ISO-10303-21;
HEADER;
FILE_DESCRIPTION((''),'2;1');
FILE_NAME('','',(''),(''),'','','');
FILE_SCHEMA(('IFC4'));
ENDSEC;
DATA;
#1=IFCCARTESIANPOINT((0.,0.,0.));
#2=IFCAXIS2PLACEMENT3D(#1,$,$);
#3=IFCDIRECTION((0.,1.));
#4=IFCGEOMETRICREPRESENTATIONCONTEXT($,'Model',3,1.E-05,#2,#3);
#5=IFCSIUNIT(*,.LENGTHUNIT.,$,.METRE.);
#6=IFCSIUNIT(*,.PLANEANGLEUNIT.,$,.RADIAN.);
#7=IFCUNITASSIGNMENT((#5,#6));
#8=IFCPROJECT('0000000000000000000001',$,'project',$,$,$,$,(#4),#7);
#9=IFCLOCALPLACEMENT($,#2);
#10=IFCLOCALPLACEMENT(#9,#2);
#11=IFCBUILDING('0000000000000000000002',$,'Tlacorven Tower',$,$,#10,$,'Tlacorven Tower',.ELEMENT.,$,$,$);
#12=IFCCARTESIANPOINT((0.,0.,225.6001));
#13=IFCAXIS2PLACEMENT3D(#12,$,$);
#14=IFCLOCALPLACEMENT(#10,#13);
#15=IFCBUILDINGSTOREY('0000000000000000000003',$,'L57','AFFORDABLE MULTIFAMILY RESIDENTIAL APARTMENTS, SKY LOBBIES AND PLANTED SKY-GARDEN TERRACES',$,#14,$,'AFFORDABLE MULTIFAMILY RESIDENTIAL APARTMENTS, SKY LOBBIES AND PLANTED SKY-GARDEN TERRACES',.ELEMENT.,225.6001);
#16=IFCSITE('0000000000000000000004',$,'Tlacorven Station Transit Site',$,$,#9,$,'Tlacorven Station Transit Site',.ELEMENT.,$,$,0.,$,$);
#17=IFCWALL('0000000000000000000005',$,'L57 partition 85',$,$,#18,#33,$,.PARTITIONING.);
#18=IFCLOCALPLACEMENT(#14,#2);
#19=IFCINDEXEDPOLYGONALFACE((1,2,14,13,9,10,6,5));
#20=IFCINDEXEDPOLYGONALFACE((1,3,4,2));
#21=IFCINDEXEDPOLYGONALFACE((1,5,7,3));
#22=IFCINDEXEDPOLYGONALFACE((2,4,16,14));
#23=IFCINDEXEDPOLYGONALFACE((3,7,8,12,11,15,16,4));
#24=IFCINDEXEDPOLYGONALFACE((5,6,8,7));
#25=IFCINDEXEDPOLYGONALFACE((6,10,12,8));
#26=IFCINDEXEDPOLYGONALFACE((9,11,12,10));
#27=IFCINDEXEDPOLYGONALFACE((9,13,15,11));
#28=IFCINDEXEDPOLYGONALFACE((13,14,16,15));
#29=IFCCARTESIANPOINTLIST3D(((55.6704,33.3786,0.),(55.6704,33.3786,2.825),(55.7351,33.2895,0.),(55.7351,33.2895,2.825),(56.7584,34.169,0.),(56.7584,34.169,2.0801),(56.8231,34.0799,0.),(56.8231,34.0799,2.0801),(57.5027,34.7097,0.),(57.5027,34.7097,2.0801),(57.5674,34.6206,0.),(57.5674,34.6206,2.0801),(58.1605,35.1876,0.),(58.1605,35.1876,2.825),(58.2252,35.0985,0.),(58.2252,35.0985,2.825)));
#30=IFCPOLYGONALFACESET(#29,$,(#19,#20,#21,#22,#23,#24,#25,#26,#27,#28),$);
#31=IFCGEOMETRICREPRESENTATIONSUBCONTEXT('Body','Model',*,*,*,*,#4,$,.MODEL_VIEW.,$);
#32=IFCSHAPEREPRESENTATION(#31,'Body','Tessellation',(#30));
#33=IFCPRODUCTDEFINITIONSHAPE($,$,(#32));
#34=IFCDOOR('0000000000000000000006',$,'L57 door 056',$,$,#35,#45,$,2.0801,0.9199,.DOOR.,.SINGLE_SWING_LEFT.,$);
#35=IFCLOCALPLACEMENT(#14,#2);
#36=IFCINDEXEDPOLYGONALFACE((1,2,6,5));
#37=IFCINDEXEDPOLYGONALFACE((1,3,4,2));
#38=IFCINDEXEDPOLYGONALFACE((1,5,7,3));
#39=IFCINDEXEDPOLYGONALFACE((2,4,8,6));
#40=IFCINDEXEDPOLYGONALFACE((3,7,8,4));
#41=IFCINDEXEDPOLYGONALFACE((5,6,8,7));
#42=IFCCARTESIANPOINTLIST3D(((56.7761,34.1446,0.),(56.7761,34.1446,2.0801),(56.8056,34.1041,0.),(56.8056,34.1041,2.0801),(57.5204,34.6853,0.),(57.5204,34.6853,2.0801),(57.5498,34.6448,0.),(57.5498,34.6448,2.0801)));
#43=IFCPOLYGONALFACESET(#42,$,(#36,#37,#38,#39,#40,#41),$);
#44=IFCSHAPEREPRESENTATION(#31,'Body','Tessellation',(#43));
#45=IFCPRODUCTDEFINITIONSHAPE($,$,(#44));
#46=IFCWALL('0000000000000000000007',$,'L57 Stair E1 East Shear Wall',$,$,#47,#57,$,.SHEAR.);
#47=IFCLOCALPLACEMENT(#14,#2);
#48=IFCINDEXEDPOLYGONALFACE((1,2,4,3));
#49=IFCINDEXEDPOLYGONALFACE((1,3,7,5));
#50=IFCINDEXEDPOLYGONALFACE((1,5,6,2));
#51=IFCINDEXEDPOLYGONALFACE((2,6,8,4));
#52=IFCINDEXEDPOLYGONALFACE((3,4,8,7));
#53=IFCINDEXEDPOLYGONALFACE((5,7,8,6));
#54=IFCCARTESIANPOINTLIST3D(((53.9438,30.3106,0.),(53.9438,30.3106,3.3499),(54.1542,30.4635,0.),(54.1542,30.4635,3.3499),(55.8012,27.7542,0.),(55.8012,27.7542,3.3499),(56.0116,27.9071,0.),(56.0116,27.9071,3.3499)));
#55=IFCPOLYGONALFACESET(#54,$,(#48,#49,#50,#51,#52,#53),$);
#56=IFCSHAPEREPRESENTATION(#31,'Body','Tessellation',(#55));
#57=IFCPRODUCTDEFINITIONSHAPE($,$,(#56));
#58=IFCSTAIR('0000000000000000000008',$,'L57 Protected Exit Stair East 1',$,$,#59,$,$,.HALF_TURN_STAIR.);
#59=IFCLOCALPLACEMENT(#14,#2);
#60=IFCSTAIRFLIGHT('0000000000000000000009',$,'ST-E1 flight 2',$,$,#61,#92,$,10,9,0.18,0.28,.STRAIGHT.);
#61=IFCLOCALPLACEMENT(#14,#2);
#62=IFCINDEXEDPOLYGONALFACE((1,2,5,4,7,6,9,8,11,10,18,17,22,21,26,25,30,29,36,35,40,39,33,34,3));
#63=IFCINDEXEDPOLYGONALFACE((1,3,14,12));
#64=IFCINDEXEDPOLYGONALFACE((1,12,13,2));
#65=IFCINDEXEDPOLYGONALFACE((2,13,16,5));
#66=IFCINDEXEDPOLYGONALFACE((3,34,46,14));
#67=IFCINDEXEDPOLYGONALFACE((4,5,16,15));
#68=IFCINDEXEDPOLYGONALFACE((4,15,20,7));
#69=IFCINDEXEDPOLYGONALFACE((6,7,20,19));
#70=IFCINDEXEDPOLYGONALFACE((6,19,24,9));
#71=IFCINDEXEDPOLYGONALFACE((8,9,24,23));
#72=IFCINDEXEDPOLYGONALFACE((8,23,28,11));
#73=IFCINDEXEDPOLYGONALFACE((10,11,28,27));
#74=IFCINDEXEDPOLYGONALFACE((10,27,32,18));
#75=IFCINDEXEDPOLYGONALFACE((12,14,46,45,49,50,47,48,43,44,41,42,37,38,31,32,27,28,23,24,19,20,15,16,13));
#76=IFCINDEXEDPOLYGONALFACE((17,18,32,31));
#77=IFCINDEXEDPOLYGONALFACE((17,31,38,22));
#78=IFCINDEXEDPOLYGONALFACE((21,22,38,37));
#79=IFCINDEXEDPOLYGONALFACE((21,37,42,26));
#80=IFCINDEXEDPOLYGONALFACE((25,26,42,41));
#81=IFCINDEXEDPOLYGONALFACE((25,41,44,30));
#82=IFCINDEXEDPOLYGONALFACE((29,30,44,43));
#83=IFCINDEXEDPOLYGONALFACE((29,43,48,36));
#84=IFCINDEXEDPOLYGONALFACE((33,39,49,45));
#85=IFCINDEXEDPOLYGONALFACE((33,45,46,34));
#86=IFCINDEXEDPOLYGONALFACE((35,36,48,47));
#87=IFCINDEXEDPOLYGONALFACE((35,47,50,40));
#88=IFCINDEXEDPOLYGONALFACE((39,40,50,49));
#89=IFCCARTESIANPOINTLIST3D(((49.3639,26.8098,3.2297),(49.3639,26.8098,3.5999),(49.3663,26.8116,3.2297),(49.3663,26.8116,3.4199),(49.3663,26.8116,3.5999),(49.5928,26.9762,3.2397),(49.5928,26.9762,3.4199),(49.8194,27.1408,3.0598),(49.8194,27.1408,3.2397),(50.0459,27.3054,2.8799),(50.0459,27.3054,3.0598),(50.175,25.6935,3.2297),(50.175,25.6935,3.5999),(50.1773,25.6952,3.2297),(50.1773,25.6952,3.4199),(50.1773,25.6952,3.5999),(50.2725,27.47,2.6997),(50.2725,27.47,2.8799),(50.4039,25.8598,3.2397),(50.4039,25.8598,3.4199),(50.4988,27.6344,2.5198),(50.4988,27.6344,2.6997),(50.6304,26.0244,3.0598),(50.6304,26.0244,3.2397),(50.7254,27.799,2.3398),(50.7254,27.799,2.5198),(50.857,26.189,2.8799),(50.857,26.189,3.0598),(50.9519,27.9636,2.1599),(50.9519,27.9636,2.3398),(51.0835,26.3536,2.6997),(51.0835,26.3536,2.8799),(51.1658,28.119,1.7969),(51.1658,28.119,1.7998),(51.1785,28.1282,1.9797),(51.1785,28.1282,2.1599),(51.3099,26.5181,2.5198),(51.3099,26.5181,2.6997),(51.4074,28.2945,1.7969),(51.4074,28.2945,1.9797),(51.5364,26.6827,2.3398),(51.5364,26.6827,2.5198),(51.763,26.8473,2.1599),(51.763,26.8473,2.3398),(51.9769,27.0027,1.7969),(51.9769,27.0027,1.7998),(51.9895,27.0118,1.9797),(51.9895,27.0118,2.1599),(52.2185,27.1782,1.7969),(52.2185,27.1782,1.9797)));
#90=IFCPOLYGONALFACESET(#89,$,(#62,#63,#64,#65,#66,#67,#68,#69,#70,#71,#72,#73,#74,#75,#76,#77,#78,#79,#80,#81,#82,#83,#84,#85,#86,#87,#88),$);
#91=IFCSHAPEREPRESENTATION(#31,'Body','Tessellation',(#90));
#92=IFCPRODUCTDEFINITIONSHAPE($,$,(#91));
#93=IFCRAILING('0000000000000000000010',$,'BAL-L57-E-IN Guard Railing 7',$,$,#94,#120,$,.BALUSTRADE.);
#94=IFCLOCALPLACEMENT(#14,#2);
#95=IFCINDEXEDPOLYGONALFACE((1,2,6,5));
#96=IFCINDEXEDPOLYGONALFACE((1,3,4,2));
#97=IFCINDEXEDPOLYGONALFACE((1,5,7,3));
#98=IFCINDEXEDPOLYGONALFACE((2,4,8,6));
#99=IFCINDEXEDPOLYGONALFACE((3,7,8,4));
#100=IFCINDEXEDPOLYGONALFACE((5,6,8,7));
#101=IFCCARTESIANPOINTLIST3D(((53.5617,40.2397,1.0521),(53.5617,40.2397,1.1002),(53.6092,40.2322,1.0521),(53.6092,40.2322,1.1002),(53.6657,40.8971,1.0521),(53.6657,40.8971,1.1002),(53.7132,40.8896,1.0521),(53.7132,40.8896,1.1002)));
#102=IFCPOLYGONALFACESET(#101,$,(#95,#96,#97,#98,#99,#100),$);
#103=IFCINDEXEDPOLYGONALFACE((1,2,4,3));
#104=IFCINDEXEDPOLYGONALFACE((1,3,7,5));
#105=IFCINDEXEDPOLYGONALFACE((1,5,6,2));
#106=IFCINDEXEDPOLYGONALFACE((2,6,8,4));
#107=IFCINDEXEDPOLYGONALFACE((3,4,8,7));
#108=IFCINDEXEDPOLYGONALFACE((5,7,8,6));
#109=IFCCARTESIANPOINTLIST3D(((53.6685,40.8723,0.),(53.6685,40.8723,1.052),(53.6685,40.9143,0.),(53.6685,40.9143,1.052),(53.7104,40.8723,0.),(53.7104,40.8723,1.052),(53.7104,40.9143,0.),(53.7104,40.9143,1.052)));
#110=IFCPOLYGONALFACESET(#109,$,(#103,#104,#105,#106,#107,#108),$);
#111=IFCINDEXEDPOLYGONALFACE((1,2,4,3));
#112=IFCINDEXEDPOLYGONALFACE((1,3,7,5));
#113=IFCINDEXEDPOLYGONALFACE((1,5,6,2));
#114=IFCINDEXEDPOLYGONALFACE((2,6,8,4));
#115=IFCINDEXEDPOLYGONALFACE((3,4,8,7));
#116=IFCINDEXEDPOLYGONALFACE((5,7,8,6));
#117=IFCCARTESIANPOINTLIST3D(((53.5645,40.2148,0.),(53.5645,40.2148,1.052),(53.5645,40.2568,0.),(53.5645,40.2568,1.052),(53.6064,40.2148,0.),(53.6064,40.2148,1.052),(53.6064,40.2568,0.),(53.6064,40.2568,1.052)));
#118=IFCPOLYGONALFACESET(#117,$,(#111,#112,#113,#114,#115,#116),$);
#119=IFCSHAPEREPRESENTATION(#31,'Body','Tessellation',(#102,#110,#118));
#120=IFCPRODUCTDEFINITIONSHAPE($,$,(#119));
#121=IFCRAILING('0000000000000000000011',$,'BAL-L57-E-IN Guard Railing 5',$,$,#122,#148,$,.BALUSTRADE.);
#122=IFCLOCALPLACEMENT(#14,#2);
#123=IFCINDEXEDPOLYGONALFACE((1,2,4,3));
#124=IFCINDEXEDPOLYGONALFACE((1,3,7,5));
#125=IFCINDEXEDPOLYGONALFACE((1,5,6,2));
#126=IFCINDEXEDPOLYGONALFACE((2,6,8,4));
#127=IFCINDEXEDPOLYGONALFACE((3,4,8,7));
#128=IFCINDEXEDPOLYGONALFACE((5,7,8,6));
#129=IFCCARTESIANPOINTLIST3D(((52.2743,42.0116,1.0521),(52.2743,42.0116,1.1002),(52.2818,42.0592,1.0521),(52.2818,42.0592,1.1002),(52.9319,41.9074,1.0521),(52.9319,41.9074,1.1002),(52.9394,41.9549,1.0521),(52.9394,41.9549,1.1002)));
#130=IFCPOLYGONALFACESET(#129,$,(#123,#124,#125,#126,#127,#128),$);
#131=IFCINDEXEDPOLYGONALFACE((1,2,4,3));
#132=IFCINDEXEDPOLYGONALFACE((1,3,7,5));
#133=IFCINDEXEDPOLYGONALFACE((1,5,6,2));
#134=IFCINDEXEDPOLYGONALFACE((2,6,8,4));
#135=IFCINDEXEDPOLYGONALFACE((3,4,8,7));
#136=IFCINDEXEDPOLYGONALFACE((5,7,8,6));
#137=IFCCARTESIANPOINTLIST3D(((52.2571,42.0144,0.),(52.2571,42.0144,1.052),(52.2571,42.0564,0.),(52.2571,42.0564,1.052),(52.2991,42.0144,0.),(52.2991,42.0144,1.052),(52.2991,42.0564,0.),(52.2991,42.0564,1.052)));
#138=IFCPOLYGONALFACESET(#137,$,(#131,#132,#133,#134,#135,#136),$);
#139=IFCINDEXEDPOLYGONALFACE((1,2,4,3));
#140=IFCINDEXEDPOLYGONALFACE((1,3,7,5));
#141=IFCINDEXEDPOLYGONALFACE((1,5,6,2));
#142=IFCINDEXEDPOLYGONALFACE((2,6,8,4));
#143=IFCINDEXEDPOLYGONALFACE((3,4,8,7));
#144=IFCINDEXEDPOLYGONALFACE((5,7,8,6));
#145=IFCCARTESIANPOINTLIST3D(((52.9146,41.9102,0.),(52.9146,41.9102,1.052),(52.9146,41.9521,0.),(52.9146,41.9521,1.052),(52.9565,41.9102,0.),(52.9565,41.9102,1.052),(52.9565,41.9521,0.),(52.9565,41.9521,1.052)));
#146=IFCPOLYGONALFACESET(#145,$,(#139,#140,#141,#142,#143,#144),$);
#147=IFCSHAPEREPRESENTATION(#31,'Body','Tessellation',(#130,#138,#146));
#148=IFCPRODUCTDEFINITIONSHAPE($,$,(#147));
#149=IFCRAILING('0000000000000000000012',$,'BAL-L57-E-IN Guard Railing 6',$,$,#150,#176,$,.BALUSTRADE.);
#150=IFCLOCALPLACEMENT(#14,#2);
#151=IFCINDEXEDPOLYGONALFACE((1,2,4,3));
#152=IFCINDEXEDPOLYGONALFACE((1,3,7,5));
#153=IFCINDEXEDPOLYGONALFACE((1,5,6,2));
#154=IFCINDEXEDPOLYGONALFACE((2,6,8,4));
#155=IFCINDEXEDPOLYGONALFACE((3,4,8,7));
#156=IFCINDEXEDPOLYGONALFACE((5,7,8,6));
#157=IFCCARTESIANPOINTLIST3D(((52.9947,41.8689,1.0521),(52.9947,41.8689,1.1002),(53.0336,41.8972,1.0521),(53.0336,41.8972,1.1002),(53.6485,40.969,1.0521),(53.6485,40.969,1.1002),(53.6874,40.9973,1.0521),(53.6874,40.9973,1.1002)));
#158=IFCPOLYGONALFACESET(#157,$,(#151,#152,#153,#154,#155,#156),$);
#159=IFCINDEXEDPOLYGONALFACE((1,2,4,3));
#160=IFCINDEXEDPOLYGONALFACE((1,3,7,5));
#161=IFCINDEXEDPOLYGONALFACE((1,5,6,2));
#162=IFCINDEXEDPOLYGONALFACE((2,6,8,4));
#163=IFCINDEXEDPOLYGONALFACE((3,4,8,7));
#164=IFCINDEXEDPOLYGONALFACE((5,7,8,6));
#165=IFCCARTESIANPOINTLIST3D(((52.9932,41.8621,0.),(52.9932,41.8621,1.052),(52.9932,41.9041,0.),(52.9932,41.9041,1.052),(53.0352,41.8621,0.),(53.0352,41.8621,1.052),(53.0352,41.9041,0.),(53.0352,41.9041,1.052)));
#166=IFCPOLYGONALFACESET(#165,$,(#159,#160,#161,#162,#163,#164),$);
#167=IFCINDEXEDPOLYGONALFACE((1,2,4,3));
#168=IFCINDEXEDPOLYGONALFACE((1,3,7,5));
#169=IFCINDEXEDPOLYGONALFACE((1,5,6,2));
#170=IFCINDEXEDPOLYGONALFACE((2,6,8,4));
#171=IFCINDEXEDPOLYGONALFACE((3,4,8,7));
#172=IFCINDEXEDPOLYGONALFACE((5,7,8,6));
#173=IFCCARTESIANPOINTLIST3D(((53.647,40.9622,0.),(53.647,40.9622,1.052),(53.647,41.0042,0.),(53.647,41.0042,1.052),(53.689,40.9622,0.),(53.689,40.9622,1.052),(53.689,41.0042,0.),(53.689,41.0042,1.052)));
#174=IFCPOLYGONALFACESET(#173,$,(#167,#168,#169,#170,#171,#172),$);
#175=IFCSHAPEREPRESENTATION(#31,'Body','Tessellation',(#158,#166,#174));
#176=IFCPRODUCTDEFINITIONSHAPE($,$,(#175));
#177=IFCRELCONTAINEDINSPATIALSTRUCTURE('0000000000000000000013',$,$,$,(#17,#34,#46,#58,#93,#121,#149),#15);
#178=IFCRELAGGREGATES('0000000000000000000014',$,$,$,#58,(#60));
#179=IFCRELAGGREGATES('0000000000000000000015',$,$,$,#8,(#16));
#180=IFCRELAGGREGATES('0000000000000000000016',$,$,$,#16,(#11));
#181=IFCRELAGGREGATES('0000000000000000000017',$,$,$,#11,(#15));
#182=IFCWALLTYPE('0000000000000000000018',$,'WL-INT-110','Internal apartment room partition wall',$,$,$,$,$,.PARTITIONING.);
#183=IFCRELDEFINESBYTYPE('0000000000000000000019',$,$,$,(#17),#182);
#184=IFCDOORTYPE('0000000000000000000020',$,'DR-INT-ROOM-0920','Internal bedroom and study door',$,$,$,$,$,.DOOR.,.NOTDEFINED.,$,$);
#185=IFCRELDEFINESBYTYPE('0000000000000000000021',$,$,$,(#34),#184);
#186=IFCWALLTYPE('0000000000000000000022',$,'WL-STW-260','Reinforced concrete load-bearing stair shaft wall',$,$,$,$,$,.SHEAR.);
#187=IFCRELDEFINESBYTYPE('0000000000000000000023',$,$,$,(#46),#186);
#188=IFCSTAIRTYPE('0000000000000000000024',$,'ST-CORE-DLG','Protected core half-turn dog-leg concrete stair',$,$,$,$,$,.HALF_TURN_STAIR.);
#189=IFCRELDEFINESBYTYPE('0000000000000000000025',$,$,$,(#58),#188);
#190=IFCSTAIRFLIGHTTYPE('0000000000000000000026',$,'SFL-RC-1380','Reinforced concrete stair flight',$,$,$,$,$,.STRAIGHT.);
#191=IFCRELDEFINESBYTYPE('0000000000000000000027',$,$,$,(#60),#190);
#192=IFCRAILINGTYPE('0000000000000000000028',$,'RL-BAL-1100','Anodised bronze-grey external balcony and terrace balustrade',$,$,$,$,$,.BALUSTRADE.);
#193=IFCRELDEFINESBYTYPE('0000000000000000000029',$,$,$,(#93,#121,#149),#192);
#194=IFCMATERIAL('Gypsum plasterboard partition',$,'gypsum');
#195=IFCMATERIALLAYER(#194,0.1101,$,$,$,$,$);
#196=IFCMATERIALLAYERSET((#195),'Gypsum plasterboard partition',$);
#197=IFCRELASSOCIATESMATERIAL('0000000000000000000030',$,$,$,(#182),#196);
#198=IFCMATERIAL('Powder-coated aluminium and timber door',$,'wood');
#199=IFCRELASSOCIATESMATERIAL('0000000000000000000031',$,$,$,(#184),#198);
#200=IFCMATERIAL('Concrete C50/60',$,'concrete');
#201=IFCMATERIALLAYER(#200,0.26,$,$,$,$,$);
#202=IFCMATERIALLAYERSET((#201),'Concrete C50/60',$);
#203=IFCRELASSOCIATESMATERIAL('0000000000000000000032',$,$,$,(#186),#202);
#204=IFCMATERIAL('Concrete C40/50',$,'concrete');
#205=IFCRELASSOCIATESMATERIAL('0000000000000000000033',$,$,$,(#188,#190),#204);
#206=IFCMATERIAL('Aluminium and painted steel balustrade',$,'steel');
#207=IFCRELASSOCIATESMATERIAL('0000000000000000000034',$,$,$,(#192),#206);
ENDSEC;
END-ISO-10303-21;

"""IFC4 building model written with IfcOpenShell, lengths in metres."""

from ifc_helpers import new_model, si_unit, direction, frame, frame_2d, origin, origin_2d, place, context, subcontext, project, spatial, polyline, rectangle, outline, extrude, source, transform, mapped, material, layer, layer_set, type_object, element, fill, aggregate, save


model = new_model("IFC4")

# Units and contexts
model_context = context("Model", 3, precision=1e-05, world=origin(), true_north=direction((0.0, 1.0)))
body_context = subcontext(model_context, "Body", "Model", "MODEL_VIEW")
ifc_project = project(units=[si_unit("LENGTHUNIT", "METRE"), si_unit("PLANEANGLEUNIT", "RADIAN")], contexts=[model_context])

# Site, building, storey
site_placement = place(None, origin())
site = spatial("IfcSite", under=ifc_project, at=site_placement, Name="Tlacorven Station Transit Site", LongName="Tlacorven Station Transit Site", CompositionType="ELEMENT", RefElevation=0.0)
building_placement = place(site_placement, origin())
building = spatial("IfcBuilding", under=site, at=building_placement, Name="Tlacorven Tower", LongName="Tlacorven Tower", CompositionType="ELEMENT")
storey_placement = place(building_placement, frame((0.0, 0.0, 225.6001)))
storey = spatial("IfcBuildingStorey", under=building, at=storey_placement, Name="L57", Description="AFFORDABLE MULTIFAMILY RESIDENTIAL APARTMENTS, SKY LOBBIES AND PLANTED SKY-GARDEN TERRACES", LongName="AFFORDABLE MULTIFAMILY RESIDENTIAL APARTMENTS, SKY LOBBIES AND PLANTED SKY-GARDEN TERRACES", CompositionType="ELEMENT", Elevation=225.6001)

# Wall, opening, door
ifc_material_1 = material(Name="Gypsum plasterboard partition", Category="gypsum")
ifc_layer_1 = layer(ifc_material_1, 0.1101)
ifc_layer_set_1 = layer_set([ifc_layer_1], Name="Gypsum plasterboard partition")
wall_type_1 = type_object("IfcWallType", Name="WL-INT-110", Description="Internal apartment room partition wall", PredefinedType="PARTITIONING", material=ifc_layer_set_1)
wall_1_placement = place(storey_placement, frame((55.7026, 33.334, 0.0), z_axis=(0.0, 0.0, 1.0), x_axis=(0.809045, 0.587747, 0.0)))
wall_1 = element("IfcWall", 1, at=wall_1_placement, inside=storey, type_object=wall_type_1, Name="L57 partition 85", PredefinedType="PARTITIONING", context=body_context, shape_type="SweptSolid", body=[
    extrude(rectangle(XDim=3.0779, YDim=0.1101, at=frame_2d((1.5391, 0.0))), origin(), (0.0, 0.0, 1.0), 2.825),
])
opening_1_placement = place(wall_1_placement, frame((1.345, 0.0, 0.0)))
opening_1 = element("IfcOpeningElement", 2, at=opening_1_placement, cuts=wall_1, PredefinedType="OPENING", context=body_context, shape_type="SweptSolid", body=[
    extrude(rectangle(XDim=0.9199, YDim=2.0801, at=frame_2d((0.46, 1.04))), frame((0.0, 0.0649, 0.0), z_axis=(0.0, -1.0, 0.0), x_axis=(1.0, 0.0, 0.0)), (0.0, 0.0, 1.0), 0.1301),
])
ifc_material_2 = material(Name="Powder-coated aluminium and timber door", Category="wood")
door_type = type_object("IfcDoorType", Name="DR-INT-ROOM-0920", Description="Internal bedroom and study door", OperationType="NOTDEFINED", PredefinedType="DOOR", material=ifc_material_2)
shared_shape_1 = source(origin(), body_context, "Body", "SweptSolid", [
    extrude(rectangle(XDim=0.9199, YDim=2.0801, at=frame_2d((0.46, 1.04))), frame((0.0, 0.0249, 0.0), z_axis=(0.0, -1.0, 0.0), x_axis=(1.0, 0.0, 0.0)), (0.0, 0.0, 1.0), 0.05),
])
door_placement = place(opening_1_placement, origin())
door = element("IfcDoor", 3, at=door_placement, inside=storey, type_object=door_type, Name="L57 door 056", OperationType="SINGLE_SWING_LEFT", OverallHeight=2.0801, OverallWidth=0.9199, PredefinedType="DOOR", context=body_context, shape_type="MappedRepresentation", body=[
    mapped(shared_shape_1, transform((0.0, 0.0, 0.0), scale=1.0)),
])
fill(opening_1, door)

# Wall
ifc_material_3 = material(Name="Concrete C50/60", Category="concrete")
ifc_layer_2 = layer(ifc_material_3, 0.26)
ifc_layer_set_2 = layer_set([ifc_layer_2], Name="Concrete C50/60")
wall_type_2 = type_object("IfcWallType", Name="WL-STW-260", Description="Reinforced concrete load-bearing stair shaft wall", PredefinedType="SHEAR", material=ifc_layer_set_2)
wall_2_placement = place(storey_placement, frame((55.9065, 27.8306, 0.0), z_axis=(0.0, 0.0, 1.0), x_axis=(-0.587804, 0.809003, 0.0)))
element("IfcWall", 4, at=wall_2_placement, inside=storey, type_object=wall_type_2, Name="L57 Stair E1 East Shear Wall", PredefinedType="SHEAR", context=body_context, shape_type="SweptSolid", body=[
    extrude(rectangle(XDim=3.1599, YDim=0.26, at=frame_2d((1.5801, 0.0))), origin(), (0.0, 0.0, 1.0), 3.3499),
])

# Stair, stair flight
ifc_material_4 = material(Name="Concrete C40/50", Category="concrete")
stair_type = type_object("IfcStairType", Name="ST-CORE-DLG", Description="Protected core half-turn dog-leg concrete stair", PredefinedType="HALF_TURN_STAIR", material=ifc_material_4)
stair_placement = place(storey_placement, origin())
stair = element("IfcStair", 5, at=stair_placement, inside=storey, type_object=stair_type, Name="L57 Protected Exit Stair East 1", PredefinedType="HALF_TURN_STAIR")
stair_flight_type = type_object("IfcStairFlightType", Name="SFL-RC-1380", Description="Reinforced concrete stair flight", PredefinedType="STRAIGHT", material=ifc_material_4)
shared_shape_2 = source(origin(), body_context, "Body", "SweptSolid", [
    extrude(outline(polyline([(-0.0029, -0.0029), (-0.0029, 0.1799), (0.28, 0.1799), (0.28, 0.3601), (0.5601, 0.3601), (0.5601, 0.54), (0.8401, 0.54), (0.8401, 0.72), (1.1201, 0.72), (1.1201, 0.8999), (1.3999, 0.8999), (1.3999, 1.0801), (1.6799, 1.0801), (1.6799, 1.26), (1.96, 1.26), (1.96, 1.4399), (2.24, 1.4399), (2.24, 1.6201), (2.52, 1.6201), (2.52, 1.8), (2.5229, 1.8), (2.5229, 1.4299), (2.52, 1.4299), (0.2957, 0.0), (0.2957, -0.0029), (-0.0029, -0.0029)])), frame((0.0, 0.6899, 0.0), z_axis=(0.0, -1.0, 0.0), x_axis=(1.0, 0.0, 0.0)), (0.0, 0.0, 1.0), 1.3799),
])
stair_flight_placement = place(storey_placement, frame((51.8105, 27.7346, 1.7998), z_axis=(0.0, 0.0, 1.0), x_axis=(-0.809017, -0.587785, 0.0)))
stair_flight = element("IfcStairFlight", 6, at=stair_flight_placement, type_object=stair_flight_type, Name="ST-E1 flight 2", NumberOfRisers=10, NumberOfTreads=9, PredefinedType="STRAIGHT", RiserHeight=0.18, TreadLength=0.28, context=body_context, shape_type="MappedRepresentation", body=[
    mapped(shared_shape_2, transform((0.0, 0.0, 0.0), scale=1.0)),
])
aggregate(stair, [stair_flight])

# Railings
ifc_material_5 = material(Name="Aluminium and painted steel balustrade", Category="steel")
railing_type_1 = type_object("IfcRailingType", Name="RL-BAL-1100", Description="Anodised bronze-grey external balcony and terrace balustrade", PredefinedType="BALUSTRADE", material=ifc_material_5)
shared_shape_3 = source(origin(), body_context, "Body", "SweptSolid", [
    extrude(rectangle(XDim=0.0481, YDim=0.0481, at=origin_2d()), frame((0.0, 0.0, 1.0762), z_axis=(-0.156245, -0.987718, 0.0), x_axis=(0.987718, -0.156245, 0.0)), (0.0, 0.0, 1.0), 0.6655),
    extrude(rectangle(XDim=0.042, YDim=0.042, at=origin_2d()), origin(), (0.0, 0.0, 1.0), 1.052),
    extrude(rectangle(XDim=0.042, YDim=0.042, at=origin_2d()), frame((-0.104, -0.6575, 0.0)), (0.0, 0.0, 1.0), 1.052),
])
railing_1_placement = place(storey_placement, frame((53.6895, 40.8933, 0.0)))
element("IfcRailing", 7, at=railing_1_placement, inside=storey, type_object=railing_type_1, Name="BAL-L57-E-IN Guard Railing 7", PredefinedType="BALUSTRADE", context=body_context, shape_type="MappedRepresentation", body=[
    mapped(shared_shape_3, transform((0.0, 0.0, 0.0), scale=1.0)),
])
shared_shape_4 = source(origin(), body_context, "Body", "SweptSolid", [
    extrude(rectangle(XDim=0.0481, YDim=0.0481, at=origin_2d()), frame((0.0, 0.0, 1.0762), z_axis=(0.987662, -0.156603, 0.0), x_axis=(0.156603, 0.987662, 0.0)), (0.0, 0.0, 1.0), 0.6658),
    extrude(rectangle(XDim=0.042, YDim=0.042, at=origin_2d()), origin(), (0.0, 0.0, 1.0), 1.052),
    extrude(rectangle(XDim=0.042, YDim=0.042, at=origin_2d()), frame((0.6575, -0.1042, 0.0)), (0.0, 0.0, 1.0), 1.052),
])
railing_2_placement = place(storey_placement, frame((52.2781, 42.0354, 0.0)))
element("IfcRailing", 8, at=railing_2_placement, inside=storey, type_object=railing_type_1, Name="BAL-L57-E-IN Guard Railing 5", PredefinedType="BALUSTRADE", context=body_context, shape_type="MappedRepresentation", body=[
    mapped(shared_shape_4, transform((0.0, 0.0, 0.0), scale=1.0)),
])
shared_shape_5 = source(origin(), body_context, "Body", "SweptSolid", [
    extrude(rectangle(XDim=0.0481, YDim=0.0481, at=origin_2d()), frame((0.0, 0.0, 1.0762), z_axis=(0.58778, -0.809021, 0.0), x_axis=(0.809021, 0.58778, 0.0)), (0.0, 0.0, 1.0), 1.1123),
    extrude(rectangle(XDim=0.042, YDim=0.042, at=origin_2d()), origin(), (0.0, 0.0, 1.0), 1.052),
    extrude(rectangle(XDim=0.042, YDim=0.042, at=origin_2d()), frame((0.6538, -0.8999, 0.0)), (0.0, 0.0, 1.0), 1.052),
])
railing_3_placement = place(storey_placement, frame((53.0142, 41.8831, 0.0)))
element("IfcRailing", 9, at=railing_3_placement, inside=storey, type_object=railing_type_1, Name="BAL-L57-E-IN Guard Railing 6", PredefinedType="BALUSTRADE", context=body_context, shape_type="MappedRepresentation", body=[
    mapped(shared_shape_5, transform((0.0, 0.0, 0.0), scale=1.0)),
])

save(model, "model.ifc")
